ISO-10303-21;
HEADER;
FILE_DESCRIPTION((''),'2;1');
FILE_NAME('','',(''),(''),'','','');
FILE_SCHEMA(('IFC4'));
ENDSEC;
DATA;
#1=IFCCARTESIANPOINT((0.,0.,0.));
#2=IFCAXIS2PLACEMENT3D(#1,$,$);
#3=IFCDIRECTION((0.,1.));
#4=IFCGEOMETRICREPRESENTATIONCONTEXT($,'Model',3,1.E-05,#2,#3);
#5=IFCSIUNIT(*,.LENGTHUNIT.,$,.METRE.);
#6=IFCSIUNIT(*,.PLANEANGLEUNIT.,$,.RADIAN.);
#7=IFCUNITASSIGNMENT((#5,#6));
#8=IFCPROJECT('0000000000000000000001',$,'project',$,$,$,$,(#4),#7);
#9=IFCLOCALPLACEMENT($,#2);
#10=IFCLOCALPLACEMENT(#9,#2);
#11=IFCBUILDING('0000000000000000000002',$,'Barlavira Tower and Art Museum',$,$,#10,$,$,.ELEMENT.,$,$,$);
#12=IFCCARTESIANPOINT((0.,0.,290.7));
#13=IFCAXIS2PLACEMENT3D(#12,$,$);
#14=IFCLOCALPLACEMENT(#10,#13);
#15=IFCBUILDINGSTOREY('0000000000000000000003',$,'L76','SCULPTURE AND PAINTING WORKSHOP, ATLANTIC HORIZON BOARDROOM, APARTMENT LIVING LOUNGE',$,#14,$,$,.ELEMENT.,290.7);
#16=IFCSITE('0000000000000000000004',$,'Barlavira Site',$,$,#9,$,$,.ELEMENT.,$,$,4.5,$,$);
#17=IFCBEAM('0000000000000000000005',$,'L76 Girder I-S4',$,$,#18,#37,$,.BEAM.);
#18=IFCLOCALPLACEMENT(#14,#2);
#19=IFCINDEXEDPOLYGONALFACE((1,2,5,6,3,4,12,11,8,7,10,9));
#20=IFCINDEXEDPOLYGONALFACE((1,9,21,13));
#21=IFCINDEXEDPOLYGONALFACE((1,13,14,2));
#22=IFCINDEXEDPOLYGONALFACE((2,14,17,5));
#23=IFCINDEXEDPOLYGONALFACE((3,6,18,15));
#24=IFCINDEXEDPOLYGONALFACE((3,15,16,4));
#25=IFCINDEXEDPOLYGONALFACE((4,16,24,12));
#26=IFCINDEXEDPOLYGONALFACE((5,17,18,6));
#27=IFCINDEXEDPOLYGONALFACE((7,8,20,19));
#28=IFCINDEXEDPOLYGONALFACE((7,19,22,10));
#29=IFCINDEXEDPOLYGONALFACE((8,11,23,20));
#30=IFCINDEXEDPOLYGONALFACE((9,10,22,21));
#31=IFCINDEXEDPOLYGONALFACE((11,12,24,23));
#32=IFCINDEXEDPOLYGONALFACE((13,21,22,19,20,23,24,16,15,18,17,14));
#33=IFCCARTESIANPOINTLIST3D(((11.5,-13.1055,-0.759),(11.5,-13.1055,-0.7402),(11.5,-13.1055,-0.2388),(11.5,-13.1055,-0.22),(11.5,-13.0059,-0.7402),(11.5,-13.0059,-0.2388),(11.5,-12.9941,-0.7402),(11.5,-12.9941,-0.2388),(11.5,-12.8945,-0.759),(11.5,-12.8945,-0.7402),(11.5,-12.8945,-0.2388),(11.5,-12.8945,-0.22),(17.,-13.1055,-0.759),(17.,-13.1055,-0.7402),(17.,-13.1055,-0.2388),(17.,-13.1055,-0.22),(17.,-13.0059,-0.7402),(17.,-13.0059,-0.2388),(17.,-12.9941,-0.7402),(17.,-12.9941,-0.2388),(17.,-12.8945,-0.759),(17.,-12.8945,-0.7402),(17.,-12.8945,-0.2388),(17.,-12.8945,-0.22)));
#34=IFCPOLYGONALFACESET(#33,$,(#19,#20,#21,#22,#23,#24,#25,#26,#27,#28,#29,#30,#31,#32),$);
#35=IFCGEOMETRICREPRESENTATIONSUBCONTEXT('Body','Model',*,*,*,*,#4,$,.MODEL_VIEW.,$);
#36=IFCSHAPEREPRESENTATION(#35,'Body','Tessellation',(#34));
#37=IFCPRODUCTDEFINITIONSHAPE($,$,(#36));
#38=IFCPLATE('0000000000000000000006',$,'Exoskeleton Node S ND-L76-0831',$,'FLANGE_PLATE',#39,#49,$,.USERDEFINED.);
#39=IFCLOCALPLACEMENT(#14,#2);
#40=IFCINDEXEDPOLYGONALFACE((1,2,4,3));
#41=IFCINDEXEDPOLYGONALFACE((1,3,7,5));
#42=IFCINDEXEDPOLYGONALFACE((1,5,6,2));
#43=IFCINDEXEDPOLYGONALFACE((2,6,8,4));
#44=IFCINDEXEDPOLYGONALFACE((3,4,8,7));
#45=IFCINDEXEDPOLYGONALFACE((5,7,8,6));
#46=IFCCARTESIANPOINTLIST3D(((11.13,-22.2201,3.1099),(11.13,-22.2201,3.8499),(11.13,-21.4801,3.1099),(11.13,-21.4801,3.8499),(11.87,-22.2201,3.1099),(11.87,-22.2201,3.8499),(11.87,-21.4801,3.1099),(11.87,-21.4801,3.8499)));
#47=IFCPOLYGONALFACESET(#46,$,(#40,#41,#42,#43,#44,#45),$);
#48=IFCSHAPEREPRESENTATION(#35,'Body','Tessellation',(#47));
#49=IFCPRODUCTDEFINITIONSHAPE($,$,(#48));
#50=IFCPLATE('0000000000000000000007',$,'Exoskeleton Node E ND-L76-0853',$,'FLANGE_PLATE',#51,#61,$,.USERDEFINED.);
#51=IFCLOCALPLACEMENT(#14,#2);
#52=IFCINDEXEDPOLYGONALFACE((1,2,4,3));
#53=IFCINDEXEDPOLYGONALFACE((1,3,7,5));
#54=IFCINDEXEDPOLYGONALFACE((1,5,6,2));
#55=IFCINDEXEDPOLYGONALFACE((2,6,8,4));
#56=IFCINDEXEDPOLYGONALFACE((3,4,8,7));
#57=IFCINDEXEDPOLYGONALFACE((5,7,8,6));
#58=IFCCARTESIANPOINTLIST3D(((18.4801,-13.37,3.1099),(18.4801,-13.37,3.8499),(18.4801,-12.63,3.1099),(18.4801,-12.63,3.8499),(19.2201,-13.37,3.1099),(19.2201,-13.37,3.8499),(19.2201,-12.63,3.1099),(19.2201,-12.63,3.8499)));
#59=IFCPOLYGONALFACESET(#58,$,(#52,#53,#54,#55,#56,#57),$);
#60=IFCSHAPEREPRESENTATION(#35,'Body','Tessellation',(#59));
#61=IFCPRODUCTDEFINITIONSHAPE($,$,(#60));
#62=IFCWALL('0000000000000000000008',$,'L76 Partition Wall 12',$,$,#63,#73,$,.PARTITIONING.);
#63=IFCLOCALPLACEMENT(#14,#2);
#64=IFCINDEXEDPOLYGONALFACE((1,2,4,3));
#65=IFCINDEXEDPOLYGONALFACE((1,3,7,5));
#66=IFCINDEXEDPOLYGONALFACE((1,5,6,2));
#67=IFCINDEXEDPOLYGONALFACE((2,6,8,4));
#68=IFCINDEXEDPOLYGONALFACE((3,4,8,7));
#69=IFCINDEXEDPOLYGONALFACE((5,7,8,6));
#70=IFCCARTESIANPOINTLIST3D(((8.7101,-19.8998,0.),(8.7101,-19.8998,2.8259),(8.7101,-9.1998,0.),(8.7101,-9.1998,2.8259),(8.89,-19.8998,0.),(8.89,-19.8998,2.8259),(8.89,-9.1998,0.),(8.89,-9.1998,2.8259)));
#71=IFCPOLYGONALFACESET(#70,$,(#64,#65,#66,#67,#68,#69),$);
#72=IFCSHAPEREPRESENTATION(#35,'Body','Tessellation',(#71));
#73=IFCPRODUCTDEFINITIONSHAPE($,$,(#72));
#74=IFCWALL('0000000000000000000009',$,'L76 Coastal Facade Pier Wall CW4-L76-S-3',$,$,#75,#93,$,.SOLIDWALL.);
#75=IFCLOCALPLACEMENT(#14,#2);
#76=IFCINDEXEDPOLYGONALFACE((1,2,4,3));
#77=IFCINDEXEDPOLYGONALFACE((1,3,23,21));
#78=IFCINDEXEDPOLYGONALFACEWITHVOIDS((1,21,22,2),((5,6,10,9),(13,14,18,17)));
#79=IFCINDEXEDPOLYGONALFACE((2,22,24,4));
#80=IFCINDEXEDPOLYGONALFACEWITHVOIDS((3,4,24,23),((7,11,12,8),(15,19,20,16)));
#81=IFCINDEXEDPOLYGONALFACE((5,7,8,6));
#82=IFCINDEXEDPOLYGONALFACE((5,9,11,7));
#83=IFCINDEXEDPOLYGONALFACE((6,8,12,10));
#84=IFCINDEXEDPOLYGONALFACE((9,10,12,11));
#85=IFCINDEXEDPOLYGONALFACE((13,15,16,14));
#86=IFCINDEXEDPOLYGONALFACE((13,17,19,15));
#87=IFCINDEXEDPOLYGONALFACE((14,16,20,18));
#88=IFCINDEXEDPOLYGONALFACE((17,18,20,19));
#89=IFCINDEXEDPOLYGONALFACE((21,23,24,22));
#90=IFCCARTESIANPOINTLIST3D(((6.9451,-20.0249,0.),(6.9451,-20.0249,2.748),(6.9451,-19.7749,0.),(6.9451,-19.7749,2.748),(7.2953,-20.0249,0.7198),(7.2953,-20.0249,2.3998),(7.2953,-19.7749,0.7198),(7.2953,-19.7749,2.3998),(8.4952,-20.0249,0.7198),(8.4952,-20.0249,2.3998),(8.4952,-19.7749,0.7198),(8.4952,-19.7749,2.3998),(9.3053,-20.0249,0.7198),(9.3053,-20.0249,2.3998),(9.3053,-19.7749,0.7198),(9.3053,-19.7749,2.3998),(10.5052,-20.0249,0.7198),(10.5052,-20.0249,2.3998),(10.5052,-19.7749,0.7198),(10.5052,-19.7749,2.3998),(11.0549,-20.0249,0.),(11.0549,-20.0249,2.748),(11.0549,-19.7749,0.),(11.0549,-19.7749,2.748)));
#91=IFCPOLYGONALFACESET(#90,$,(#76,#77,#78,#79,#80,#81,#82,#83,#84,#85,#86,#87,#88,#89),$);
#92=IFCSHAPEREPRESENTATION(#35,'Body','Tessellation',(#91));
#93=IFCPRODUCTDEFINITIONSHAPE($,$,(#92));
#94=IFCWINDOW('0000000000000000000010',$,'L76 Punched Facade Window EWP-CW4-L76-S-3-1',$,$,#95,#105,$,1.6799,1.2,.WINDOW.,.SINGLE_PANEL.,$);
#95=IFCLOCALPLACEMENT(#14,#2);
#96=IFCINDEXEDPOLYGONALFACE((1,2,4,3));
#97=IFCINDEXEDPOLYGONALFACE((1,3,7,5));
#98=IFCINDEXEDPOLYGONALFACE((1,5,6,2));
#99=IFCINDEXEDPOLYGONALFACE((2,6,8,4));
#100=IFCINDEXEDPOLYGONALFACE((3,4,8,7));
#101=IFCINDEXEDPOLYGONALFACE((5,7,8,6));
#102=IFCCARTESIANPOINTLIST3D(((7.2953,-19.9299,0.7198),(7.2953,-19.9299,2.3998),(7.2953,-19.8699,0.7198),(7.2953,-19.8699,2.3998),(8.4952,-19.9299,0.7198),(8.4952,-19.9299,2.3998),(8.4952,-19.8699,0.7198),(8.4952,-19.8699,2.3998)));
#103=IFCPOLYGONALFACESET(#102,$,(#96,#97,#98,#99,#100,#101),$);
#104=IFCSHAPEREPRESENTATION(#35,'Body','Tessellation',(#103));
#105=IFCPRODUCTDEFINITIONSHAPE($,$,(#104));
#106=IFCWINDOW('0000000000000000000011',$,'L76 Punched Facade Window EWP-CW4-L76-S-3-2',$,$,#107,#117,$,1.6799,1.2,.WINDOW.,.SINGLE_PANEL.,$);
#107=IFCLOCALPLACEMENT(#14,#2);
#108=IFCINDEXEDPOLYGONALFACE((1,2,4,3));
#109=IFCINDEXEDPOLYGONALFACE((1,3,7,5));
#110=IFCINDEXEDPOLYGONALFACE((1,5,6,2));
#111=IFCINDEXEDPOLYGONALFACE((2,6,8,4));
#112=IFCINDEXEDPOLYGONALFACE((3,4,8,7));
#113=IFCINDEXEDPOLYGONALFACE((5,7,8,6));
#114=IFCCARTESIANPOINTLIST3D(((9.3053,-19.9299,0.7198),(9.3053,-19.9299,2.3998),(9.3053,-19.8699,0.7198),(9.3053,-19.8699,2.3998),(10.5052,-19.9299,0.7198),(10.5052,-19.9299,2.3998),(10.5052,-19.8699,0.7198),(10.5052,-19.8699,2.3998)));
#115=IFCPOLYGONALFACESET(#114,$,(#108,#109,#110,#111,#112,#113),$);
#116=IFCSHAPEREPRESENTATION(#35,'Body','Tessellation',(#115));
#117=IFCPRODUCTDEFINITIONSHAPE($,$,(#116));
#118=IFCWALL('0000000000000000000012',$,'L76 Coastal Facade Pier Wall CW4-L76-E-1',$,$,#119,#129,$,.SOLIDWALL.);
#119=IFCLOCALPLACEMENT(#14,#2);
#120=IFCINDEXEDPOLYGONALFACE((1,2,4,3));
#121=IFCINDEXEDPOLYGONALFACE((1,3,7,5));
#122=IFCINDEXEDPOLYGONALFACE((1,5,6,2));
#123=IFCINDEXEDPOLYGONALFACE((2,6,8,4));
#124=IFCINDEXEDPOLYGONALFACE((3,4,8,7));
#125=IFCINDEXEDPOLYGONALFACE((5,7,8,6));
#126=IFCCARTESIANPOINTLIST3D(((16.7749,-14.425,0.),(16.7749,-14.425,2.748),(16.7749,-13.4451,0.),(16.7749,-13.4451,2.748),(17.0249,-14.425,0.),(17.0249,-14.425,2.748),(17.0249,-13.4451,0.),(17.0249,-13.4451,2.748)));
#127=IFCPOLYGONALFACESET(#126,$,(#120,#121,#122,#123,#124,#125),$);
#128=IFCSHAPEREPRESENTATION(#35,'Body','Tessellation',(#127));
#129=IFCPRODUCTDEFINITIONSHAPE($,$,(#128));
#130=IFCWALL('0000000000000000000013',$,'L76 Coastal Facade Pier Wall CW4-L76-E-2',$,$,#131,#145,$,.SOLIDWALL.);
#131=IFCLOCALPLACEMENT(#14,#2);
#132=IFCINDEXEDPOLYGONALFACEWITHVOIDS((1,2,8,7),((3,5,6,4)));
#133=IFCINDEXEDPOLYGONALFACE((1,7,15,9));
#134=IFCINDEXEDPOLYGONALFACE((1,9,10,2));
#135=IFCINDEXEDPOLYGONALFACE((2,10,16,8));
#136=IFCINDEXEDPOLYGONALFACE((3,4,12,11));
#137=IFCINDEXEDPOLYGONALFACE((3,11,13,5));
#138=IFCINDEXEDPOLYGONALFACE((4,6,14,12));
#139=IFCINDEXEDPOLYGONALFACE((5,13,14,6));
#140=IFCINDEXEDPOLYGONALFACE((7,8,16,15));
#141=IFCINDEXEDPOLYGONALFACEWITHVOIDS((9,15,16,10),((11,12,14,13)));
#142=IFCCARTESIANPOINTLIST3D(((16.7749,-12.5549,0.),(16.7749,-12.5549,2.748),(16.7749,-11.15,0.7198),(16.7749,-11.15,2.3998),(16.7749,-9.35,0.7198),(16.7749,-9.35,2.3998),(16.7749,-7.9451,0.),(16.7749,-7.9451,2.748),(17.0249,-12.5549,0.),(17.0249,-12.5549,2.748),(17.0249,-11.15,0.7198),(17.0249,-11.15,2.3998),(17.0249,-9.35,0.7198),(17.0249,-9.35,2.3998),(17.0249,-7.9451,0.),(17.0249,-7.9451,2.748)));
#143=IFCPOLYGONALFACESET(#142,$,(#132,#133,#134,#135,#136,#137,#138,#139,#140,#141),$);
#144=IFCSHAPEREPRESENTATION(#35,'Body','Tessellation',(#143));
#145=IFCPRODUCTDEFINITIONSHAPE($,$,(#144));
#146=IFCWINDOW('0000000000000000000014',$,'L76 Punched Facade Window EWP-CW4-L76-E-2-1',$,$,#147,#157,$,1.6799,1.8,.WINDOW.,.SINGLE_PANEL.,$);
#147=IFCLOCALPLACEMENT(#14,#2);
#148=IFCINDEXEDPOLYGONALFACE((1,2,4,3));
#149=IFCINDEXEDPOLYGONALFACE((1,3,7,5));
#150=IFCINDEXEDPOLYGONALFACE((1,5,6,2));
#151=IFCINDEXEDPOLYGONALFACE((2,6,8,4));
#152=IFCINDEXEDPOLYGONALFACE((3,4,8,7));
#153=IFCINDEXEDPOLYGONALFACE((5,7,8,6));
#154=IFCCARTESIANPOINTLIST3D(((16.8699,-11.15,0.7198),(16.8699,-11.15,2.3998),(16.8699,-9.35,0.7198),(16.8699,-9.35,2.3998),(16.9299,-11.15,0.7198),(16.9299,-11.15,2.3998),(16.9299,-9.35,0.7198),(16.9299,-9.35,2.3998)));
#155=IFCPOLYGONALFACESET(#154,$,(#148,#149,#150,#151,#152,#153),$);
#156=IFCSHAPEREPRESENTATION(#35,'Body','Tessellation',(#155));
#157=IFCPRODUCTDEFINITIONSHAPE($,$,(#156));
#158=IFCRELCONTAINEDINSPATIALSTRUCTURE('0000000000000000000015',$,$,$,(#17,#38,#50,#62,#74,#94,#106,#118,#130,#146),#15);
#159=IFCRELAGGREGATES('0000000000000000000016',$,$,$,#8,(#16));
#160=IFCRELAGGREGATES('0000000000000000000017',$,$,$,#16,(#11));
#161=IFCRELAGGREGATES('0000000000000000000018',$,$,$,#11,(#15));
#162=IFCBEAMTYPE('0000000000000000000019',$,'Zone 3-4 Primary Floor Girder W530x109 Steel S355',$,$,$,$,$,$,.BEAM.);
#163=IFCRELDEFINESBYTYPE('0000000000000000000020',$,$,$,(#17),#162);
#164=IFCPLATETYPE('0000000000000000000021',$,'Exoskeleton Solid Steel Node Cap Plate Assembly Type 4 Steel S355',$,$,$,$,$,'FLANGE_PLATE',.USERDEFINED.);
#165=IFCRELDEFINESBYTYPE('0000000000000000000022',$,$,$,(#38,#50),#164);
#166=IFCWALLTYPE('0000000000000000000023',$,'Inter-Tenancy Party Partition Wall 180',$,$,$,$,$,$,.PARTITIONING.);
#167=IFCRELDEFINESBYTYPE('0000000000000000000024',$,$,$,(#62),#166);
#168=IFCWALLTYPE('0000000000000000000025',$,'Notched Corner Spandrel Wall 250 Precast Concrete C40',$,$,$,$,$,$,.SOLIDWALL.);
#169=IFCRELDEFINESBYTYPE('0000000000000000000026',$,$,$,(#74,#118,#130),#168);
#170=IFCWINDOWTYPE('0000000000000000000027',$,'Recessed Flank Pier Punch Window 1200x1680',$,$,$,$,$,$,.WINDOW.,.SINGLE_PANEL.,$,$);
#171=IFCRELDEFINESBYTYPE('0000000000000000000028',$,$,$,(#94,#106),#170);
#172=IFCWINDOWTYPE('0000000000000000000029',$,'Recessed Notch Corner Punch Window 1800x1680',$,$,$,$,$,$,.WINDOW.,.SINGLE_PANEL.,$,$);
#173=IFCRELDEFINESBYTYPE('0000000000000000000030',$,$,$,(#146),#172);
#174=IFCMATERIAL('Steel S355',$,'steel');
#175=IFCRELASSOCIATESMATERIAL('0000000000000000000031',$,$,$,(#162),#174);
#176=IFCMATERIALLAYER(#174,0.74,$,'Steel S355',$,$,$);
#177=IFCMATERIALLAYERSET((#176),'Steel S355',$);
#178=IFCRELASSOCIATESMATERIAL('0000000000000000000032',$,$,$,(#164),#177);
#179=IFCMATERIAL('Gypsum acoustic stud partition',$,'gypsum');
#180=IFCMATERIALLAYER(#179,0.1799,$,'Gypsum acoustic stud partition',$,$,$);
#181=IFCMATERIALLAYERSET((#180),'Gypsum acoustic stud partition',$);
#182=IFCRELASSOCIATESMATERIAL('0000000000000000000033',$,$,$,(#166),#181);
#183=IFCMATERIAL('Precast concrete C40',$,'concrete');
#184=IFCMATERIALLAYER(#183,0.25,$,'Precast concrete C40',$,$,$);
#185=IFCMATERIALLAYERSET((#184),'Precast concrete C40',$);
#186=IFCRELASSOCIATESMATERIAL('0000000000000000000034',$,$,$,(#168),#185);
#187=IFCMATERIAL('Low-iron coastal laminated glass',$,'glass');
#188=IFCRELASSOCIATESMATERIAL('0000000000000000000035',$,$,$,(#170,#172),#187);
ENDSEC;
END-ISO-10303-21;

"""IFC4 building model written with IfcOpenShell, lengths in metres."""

from ifc_helpers import new_model, si_unit, direction, frame, frame_2d, origin, origin_2d, place, context, subcontext, project, spatial, rectangle, i_section, extrude, material, layer, layer_set, material_profile, profile_set, type_object, element, fill, save


model = new_model("IFC4")

# Units and contexts
model_context = context("Model", 3, precision=1e-05, world=origin(), true_north=direction((0.0, 1.0)))
body_context = subcontext(model_context, "Body", "Model", "MODEL_VIEW")
ifc_project = project(units=[si_unit("LENGTHUNIT", "METRE"), si_unit("PLANEANGLEUNIT", "RADIAN")], contexts=[model_context])

# Site, building, storey
site_placement = place(None, origin())
site = spatial("IfcSite", under=ifc_project, at=site_placement, Name="Barlavira Site", CompositionType="ELEMENT", RefElevation=4.5)
building_placement = place(site_placement, origin())
building = spatial("IfcBuilding", under=site, at=building_placement, Name="Barlavira Tower and Art Museum", CompositionType="ELEMENT")
storey_placement = place(building_placement, frame((0.0, 0.0, 290.7)))
storey = spatial("IfcBuildingStorey", under=building, at=storey_placement, Name="L76", Description="SCULPTURE AND PAINTING WORKSHOP, ATLANTIC HORIZON BOARDROOM, APARTMENT LIVING LOUNGE", CompositionType="ELEMENT", Elevation=290.7)

# Shared definitions
ifc_material_1 = material(Name="Low-iron coastal laminated glass", Category="glass")

# Beam
ifc_material_2 = material(Name="Steel S355", Category="steel")
ifc_material_profile_1 = material_profile(ifc_material_2, i_section(OverallWidth=0.2109, OverallDepth=0.5391, WebThickness=0.0117, FlangeThickness=0.0188, at=origin_2d()), Name="W530x109.0")
ifc_profile_set_1 = profile_set([ifc_material_profile_1], Name="Steel S355")
beam_type_1 = type_object("IfcBeamType", Name="Zone 3-4 Primary Floor Girder W530x109 Steel S355", PredefinedType="BEAM", material=ifc_profile_set_1)
beam_1_placement = place(storey_placement, frame((11.5, -13.0, -0.4895), z_axis=(1.0, 0.0, 0.0), x_axis=(0.0, 1.0, 0.0)))
element("IfcBeam", 1, at=beam_1_placement, inside=storey, type_object=beam_type_1, Name="L76 Girder I-S4", PredefinedType="BEAM", context=body_context, shape_type="SweptSolid", body=[
    extrude(i_section(OverallWidth=0.2109, OverallDepth=0.5391, WebThickness=0.0117, FlangeThickness=0.0188, at=origin_2d()), origin(), (0.0, 0.0, 1.0), 5.5),
])

# Plates
ifc_layer_1 = layer(ifc_material_2, 0.74, Name="Steel S355")
ifc_layer_set_1 = layer_set([ifc_layer_1], Name="Steel S355")
plate_type = type_object("IfcPlateType", Name="Exoskeleton Solid Steel Node Cap Plate Assembly Type 4 Steel S355", ElementType="FLANGE_PLATE", PredefinedType="USERDEFINED", material=ifc_layer_set_1)
for number, where, z_axis, x_axis, name in (
    (2, (11.5, -21.8501, 3.1099), (0.0, 0.0, 1.0), (1.0, 0.0, 0.0), "Exoskeleton Node S ND-L76-0831"),
    (3, (18.8501, -13.0, 3.1099), (0.0, 0.0, 1.0), (1.0, 0.0, 0.0), "Exoskeleton Node E ND-L76-0853"),
):
    element("IfcPlate", number, at=place(storey_placement, frame(where, z_axis=z_axis, x_axis=x_axis)), inside=storey, type_object=plate_type, Name=name, ObjectType="FLANGE_PLATE", PredefinedType="USERDEFINED", context=body_context, shape_type="SweptSolid", body=[
        extrude(rectangle(XDim=0.74, YDim=0.74, at=origin_2d()), origin(), (0.0, 0.0, 1.0), 0.74),
    ])

# Wall
ifc_material_3 = material(Name="Gypsum acoustic stud partition", Category="gypsum")
ifc_layer_2 = layer(ifc_material_3, 0.1799, Name="Gypsum acoustic stud partition")
ifc_layer_set_2 = layer_set([ifc_layer_2], Name="Gypsum acoustic stud partition")
wall_type_1 = type_object("IfcWallType", Name="Inter-Tenancy Party Partition Wall 180", PredefinedType="PARTITIONING", material=ifc_layer_set_2)
wall_1_placement = place(storey_placement, frame((8.8, -19.8999, 0.0), z_axis=(0.0, 0.0, 1.0), x_axis=(0.0, 1.0, 0.0)))
element("IfcWall", 4, at=wall_1_placement, inside=storey, type_object=wall_type_1, Name="L76 Partition Wall 12", PredefinedType="PARTITIONING", context=body_context, shape_type="SweptSolid", body=[
    extrude(rectangle(XDim=10.7, YDim=0.1799, at=frame_2d((5.3501, 0.0))), origin(), (0.0, 0.0, 1.0), 2.8259),
])

# Wall, openings, windows
ifc_material_4 = material(Name="Precast concrete C40", Category="concrete")
ifc_layer_3 = layer(ifc_material_4, 0.25, Name="Precast concrete C40")
ifc_layer_set_3 = layer_set([ifc_layer_3], Name="Precast concrete C40")
wall_type_2 = type_object("IfcWallType", Name="Notched Corner Spandrel Wall 250 Precast Concrete C40", PredefinedType="SOLIDWALL", material=ifc_layer_set_3)
wall_2_placement = place(storey_placement, frame((6.9451, -19.8999, 0.0), z_axis=(0.0, 0.0, 1.0), x_axis=(1.0, 0.0, 0.0)))
wall_2 = element("IfcWall", 5, at=wall_2_placement, inside=storey, type_object=wall_type_2, Name="L76 Coastal Facade Pier Wall CW4-L76-S-3", PredefinedType="SOLIDWALL", context=body_context, shape_type="SweptSolid", body=[
    extrude(rectangle(XDim=4.1099, YDim=0.25, at=frame_2d((2.0549, 0.0))), origin(), (0.0, 0.0, 1.0), 2.748),
])
opening_1_placement = place(wall_2_placement, frame((0.3501, 0.0, 0.72)))
opening_1 = element("IfcOpeningElement", 6, at=opening_1_placement, cuts=wall_2, PredefinedType="OPENING", context=body_context, shape_type="SweptSolid", body=[
    extrude(rectangle(XDim=1.2, YDim=1.6799, at=frame_2d((0.6001, 0.8398))), frame((0.0, 0.135, 0.0), z_axis=(0.0, -1.0, 0.0), x_axis=(1.0, 0.0, 0.0)), (0.0, 0.0, 1.0), 0.27),
])
opening_2_placement = place(wall_2_placement, frame((2.3601, 0.0, 0.72)))
opening_2 = element("IfcOpeningElement", 7, at=opening_2_placement, cuts=wall_2, PredefinedType="OPENING", context=body_context, shape_type="SweptSolid", body=[
    extrude(rectangle(XDim=1.2, YDim=1.6799, at=frame_2d((0.6001, 0.8398))), frame((0.0, 0.135, 0.0), z_axis=(0.0, -1.0, 0.0), x_axis=(1.0, 0.0, 0.0)), (0.0, 0.0, 1.0), 0.27),
])
window_type_1 = type_object("IfcWindowType", Name="Recessed Flank Pier Punch Window 1200x1680", PartitioningType="SINGLE_PANEL", PredefinedType="WINDOW", material=ifc_material_1)
window_1_placement = place(opening_1_placement, origin())
window_1 = element("IfcWindow", 8, at=window_1_placement, inside=storey, type_object=window_type_1, Name="L76 Punched Facade Window EWP-CW4-L76-S-3-1", OverallHeight=1.6799, OverallWidth=1.2, PartitioningType="SINGLE_PANEL", PredefinedType="WINDOW", context=body_context, shape_type="SweptSolid", body=[
    extrude(rectangle(XDim=1.2, YDim=1.6799, at=frame_2d((0.6001, 0.8398))), frame((0.0, 0.03, 0.0), z_axis=(0.0, -1.0, 0.0), x_axis=(1.0, 0.0, 0.0)), (0.0, 0.0, 1.0), 0.0601),
])
fill(opening_1, window_1)
window_2_placement = place(opening_2_placement, origin())
window_2 = element("IfcWindow", 9, at=window_2_placement, inside=storey, type_object=window_type_1, Name="L76 Punched Facade Window EWP-CW4-L76-S-3-2", OverallHeight=1.6799, OverallWidth=1.2, PartitioningType="SINGLE_PANEL", PredefinedType="WINDOW", context=body_context, shape_type="SweptSolid", body=[
    extrude(rectangle(XDim=1.2, YDim=1.6799, at=frame_2d((0.6001, 0.8398))), frame((0.0, 0.03, 0.0), z_axis=(0.0, -1.0, 0.0), x_axis=(1.0, 0.0, 0.0)), (0.0, 0.0, 1.0), 0.0601),
])
fill(opening_2, window_2)

# Wall
wall_3_placement = place(storey_placement, frame((16.8999, -14.425, 0.0), z_axis=(0.0, 0.0, 1.0), x_axis=(0.0, 1.0, 0.0)))
element("IfcWall", 10, at=wall_3_placement, inside=storey, type_object=wall_type_2, Name="L76 Coastal Facade Pier Wall CW4-L76-E-1", PredefinedType="SOLIDWALL", context=body_context, shape_type="SweptSolid", body=[
    extrude(rectangle(XDim=0.98, YDim=0.25, at=frame_2d((0.49, 0.0))), origin(), (0.0, 0.0, 1.0), 2.748),
])

# Wall, opening, window
wall_4_placement = place(storey_placement, frame((16.8999, -12.5549, 0.0), z_axis=(0.0, 0.0, 1.0), x_axis=(0.0, 1.0, 0.0)))
wall_4 = element("IfcWall", 11, at=wall_4_placement, inside=storey, type_object=wall_type_2, Name="L76 Coastal Facade Pier Wall CW4-L76-E-2", PredefinedType="SOLIDWALL", context=body_context, shape_type="SweptSolid", body=[
    extrude(rectangle(XDim=4.6099, YDim=0.25, at=frame_2d((2.3049, 0.0))), origin(), (0.0, 0.0, 1.0), 2.748),
])
opening_3_placement = place(wall_4_placement, frame((1.405, 0.0, 0.72)))
opening_3 = element("IfcOpeningElement", 12, at=opening_3_placement, cuts=wall_4, PredefinedType="OPENING", context=body_context, shape_type="SweptSolid", body=[
    extrude(rectangle(XDim=1.8, YDim=1.6799, at=frame_2d((0.8999, 0.8398))), frame((0.0, 0.135, 0.0), z_axis=(0.0, -1.0, 0.0), x_axis=(1.0, 0.0, 0.0)), (0.0, 0.0, 1.0), 0.27),
])
window_type_2 = type_object("IfcWindowType", Name="Recessed Notch Corner Punch Window 1800x1680", PartitioningType="SINGLE_PANEL", PredefinedType="WINDOW", material=ifc_material_1)
window_3_placement = place(opening_3_placement, origin())
window_3 = element("IfcWindow", 13, at=window_3_placement, inside=storey, type_object=window_type_2, Name="L76 Punched Facade Window EWP-CW4-L76-E-2-1", OverallHeight=1.6799, OverallWidth=1.8, PartitioningType="SINGLE_PANEL", PredefinedType="WINDOW", context=body_context, shape_type="SweptSolid", body=[
    extrude(rectangle(XDim=1.8, YDim=1.6799, at=frame_2d((0.8999, 0.8398))), frame((0.0, 0.03, 0.0), z_axis=(0.0, -1.0, 0.0), x_axis=(1.0, 0.0, 0.0)), (0.0, 0.0, 1.0), 0.0601),
])
fill(opening_3, window_3)

save(model, "model.ifc")
